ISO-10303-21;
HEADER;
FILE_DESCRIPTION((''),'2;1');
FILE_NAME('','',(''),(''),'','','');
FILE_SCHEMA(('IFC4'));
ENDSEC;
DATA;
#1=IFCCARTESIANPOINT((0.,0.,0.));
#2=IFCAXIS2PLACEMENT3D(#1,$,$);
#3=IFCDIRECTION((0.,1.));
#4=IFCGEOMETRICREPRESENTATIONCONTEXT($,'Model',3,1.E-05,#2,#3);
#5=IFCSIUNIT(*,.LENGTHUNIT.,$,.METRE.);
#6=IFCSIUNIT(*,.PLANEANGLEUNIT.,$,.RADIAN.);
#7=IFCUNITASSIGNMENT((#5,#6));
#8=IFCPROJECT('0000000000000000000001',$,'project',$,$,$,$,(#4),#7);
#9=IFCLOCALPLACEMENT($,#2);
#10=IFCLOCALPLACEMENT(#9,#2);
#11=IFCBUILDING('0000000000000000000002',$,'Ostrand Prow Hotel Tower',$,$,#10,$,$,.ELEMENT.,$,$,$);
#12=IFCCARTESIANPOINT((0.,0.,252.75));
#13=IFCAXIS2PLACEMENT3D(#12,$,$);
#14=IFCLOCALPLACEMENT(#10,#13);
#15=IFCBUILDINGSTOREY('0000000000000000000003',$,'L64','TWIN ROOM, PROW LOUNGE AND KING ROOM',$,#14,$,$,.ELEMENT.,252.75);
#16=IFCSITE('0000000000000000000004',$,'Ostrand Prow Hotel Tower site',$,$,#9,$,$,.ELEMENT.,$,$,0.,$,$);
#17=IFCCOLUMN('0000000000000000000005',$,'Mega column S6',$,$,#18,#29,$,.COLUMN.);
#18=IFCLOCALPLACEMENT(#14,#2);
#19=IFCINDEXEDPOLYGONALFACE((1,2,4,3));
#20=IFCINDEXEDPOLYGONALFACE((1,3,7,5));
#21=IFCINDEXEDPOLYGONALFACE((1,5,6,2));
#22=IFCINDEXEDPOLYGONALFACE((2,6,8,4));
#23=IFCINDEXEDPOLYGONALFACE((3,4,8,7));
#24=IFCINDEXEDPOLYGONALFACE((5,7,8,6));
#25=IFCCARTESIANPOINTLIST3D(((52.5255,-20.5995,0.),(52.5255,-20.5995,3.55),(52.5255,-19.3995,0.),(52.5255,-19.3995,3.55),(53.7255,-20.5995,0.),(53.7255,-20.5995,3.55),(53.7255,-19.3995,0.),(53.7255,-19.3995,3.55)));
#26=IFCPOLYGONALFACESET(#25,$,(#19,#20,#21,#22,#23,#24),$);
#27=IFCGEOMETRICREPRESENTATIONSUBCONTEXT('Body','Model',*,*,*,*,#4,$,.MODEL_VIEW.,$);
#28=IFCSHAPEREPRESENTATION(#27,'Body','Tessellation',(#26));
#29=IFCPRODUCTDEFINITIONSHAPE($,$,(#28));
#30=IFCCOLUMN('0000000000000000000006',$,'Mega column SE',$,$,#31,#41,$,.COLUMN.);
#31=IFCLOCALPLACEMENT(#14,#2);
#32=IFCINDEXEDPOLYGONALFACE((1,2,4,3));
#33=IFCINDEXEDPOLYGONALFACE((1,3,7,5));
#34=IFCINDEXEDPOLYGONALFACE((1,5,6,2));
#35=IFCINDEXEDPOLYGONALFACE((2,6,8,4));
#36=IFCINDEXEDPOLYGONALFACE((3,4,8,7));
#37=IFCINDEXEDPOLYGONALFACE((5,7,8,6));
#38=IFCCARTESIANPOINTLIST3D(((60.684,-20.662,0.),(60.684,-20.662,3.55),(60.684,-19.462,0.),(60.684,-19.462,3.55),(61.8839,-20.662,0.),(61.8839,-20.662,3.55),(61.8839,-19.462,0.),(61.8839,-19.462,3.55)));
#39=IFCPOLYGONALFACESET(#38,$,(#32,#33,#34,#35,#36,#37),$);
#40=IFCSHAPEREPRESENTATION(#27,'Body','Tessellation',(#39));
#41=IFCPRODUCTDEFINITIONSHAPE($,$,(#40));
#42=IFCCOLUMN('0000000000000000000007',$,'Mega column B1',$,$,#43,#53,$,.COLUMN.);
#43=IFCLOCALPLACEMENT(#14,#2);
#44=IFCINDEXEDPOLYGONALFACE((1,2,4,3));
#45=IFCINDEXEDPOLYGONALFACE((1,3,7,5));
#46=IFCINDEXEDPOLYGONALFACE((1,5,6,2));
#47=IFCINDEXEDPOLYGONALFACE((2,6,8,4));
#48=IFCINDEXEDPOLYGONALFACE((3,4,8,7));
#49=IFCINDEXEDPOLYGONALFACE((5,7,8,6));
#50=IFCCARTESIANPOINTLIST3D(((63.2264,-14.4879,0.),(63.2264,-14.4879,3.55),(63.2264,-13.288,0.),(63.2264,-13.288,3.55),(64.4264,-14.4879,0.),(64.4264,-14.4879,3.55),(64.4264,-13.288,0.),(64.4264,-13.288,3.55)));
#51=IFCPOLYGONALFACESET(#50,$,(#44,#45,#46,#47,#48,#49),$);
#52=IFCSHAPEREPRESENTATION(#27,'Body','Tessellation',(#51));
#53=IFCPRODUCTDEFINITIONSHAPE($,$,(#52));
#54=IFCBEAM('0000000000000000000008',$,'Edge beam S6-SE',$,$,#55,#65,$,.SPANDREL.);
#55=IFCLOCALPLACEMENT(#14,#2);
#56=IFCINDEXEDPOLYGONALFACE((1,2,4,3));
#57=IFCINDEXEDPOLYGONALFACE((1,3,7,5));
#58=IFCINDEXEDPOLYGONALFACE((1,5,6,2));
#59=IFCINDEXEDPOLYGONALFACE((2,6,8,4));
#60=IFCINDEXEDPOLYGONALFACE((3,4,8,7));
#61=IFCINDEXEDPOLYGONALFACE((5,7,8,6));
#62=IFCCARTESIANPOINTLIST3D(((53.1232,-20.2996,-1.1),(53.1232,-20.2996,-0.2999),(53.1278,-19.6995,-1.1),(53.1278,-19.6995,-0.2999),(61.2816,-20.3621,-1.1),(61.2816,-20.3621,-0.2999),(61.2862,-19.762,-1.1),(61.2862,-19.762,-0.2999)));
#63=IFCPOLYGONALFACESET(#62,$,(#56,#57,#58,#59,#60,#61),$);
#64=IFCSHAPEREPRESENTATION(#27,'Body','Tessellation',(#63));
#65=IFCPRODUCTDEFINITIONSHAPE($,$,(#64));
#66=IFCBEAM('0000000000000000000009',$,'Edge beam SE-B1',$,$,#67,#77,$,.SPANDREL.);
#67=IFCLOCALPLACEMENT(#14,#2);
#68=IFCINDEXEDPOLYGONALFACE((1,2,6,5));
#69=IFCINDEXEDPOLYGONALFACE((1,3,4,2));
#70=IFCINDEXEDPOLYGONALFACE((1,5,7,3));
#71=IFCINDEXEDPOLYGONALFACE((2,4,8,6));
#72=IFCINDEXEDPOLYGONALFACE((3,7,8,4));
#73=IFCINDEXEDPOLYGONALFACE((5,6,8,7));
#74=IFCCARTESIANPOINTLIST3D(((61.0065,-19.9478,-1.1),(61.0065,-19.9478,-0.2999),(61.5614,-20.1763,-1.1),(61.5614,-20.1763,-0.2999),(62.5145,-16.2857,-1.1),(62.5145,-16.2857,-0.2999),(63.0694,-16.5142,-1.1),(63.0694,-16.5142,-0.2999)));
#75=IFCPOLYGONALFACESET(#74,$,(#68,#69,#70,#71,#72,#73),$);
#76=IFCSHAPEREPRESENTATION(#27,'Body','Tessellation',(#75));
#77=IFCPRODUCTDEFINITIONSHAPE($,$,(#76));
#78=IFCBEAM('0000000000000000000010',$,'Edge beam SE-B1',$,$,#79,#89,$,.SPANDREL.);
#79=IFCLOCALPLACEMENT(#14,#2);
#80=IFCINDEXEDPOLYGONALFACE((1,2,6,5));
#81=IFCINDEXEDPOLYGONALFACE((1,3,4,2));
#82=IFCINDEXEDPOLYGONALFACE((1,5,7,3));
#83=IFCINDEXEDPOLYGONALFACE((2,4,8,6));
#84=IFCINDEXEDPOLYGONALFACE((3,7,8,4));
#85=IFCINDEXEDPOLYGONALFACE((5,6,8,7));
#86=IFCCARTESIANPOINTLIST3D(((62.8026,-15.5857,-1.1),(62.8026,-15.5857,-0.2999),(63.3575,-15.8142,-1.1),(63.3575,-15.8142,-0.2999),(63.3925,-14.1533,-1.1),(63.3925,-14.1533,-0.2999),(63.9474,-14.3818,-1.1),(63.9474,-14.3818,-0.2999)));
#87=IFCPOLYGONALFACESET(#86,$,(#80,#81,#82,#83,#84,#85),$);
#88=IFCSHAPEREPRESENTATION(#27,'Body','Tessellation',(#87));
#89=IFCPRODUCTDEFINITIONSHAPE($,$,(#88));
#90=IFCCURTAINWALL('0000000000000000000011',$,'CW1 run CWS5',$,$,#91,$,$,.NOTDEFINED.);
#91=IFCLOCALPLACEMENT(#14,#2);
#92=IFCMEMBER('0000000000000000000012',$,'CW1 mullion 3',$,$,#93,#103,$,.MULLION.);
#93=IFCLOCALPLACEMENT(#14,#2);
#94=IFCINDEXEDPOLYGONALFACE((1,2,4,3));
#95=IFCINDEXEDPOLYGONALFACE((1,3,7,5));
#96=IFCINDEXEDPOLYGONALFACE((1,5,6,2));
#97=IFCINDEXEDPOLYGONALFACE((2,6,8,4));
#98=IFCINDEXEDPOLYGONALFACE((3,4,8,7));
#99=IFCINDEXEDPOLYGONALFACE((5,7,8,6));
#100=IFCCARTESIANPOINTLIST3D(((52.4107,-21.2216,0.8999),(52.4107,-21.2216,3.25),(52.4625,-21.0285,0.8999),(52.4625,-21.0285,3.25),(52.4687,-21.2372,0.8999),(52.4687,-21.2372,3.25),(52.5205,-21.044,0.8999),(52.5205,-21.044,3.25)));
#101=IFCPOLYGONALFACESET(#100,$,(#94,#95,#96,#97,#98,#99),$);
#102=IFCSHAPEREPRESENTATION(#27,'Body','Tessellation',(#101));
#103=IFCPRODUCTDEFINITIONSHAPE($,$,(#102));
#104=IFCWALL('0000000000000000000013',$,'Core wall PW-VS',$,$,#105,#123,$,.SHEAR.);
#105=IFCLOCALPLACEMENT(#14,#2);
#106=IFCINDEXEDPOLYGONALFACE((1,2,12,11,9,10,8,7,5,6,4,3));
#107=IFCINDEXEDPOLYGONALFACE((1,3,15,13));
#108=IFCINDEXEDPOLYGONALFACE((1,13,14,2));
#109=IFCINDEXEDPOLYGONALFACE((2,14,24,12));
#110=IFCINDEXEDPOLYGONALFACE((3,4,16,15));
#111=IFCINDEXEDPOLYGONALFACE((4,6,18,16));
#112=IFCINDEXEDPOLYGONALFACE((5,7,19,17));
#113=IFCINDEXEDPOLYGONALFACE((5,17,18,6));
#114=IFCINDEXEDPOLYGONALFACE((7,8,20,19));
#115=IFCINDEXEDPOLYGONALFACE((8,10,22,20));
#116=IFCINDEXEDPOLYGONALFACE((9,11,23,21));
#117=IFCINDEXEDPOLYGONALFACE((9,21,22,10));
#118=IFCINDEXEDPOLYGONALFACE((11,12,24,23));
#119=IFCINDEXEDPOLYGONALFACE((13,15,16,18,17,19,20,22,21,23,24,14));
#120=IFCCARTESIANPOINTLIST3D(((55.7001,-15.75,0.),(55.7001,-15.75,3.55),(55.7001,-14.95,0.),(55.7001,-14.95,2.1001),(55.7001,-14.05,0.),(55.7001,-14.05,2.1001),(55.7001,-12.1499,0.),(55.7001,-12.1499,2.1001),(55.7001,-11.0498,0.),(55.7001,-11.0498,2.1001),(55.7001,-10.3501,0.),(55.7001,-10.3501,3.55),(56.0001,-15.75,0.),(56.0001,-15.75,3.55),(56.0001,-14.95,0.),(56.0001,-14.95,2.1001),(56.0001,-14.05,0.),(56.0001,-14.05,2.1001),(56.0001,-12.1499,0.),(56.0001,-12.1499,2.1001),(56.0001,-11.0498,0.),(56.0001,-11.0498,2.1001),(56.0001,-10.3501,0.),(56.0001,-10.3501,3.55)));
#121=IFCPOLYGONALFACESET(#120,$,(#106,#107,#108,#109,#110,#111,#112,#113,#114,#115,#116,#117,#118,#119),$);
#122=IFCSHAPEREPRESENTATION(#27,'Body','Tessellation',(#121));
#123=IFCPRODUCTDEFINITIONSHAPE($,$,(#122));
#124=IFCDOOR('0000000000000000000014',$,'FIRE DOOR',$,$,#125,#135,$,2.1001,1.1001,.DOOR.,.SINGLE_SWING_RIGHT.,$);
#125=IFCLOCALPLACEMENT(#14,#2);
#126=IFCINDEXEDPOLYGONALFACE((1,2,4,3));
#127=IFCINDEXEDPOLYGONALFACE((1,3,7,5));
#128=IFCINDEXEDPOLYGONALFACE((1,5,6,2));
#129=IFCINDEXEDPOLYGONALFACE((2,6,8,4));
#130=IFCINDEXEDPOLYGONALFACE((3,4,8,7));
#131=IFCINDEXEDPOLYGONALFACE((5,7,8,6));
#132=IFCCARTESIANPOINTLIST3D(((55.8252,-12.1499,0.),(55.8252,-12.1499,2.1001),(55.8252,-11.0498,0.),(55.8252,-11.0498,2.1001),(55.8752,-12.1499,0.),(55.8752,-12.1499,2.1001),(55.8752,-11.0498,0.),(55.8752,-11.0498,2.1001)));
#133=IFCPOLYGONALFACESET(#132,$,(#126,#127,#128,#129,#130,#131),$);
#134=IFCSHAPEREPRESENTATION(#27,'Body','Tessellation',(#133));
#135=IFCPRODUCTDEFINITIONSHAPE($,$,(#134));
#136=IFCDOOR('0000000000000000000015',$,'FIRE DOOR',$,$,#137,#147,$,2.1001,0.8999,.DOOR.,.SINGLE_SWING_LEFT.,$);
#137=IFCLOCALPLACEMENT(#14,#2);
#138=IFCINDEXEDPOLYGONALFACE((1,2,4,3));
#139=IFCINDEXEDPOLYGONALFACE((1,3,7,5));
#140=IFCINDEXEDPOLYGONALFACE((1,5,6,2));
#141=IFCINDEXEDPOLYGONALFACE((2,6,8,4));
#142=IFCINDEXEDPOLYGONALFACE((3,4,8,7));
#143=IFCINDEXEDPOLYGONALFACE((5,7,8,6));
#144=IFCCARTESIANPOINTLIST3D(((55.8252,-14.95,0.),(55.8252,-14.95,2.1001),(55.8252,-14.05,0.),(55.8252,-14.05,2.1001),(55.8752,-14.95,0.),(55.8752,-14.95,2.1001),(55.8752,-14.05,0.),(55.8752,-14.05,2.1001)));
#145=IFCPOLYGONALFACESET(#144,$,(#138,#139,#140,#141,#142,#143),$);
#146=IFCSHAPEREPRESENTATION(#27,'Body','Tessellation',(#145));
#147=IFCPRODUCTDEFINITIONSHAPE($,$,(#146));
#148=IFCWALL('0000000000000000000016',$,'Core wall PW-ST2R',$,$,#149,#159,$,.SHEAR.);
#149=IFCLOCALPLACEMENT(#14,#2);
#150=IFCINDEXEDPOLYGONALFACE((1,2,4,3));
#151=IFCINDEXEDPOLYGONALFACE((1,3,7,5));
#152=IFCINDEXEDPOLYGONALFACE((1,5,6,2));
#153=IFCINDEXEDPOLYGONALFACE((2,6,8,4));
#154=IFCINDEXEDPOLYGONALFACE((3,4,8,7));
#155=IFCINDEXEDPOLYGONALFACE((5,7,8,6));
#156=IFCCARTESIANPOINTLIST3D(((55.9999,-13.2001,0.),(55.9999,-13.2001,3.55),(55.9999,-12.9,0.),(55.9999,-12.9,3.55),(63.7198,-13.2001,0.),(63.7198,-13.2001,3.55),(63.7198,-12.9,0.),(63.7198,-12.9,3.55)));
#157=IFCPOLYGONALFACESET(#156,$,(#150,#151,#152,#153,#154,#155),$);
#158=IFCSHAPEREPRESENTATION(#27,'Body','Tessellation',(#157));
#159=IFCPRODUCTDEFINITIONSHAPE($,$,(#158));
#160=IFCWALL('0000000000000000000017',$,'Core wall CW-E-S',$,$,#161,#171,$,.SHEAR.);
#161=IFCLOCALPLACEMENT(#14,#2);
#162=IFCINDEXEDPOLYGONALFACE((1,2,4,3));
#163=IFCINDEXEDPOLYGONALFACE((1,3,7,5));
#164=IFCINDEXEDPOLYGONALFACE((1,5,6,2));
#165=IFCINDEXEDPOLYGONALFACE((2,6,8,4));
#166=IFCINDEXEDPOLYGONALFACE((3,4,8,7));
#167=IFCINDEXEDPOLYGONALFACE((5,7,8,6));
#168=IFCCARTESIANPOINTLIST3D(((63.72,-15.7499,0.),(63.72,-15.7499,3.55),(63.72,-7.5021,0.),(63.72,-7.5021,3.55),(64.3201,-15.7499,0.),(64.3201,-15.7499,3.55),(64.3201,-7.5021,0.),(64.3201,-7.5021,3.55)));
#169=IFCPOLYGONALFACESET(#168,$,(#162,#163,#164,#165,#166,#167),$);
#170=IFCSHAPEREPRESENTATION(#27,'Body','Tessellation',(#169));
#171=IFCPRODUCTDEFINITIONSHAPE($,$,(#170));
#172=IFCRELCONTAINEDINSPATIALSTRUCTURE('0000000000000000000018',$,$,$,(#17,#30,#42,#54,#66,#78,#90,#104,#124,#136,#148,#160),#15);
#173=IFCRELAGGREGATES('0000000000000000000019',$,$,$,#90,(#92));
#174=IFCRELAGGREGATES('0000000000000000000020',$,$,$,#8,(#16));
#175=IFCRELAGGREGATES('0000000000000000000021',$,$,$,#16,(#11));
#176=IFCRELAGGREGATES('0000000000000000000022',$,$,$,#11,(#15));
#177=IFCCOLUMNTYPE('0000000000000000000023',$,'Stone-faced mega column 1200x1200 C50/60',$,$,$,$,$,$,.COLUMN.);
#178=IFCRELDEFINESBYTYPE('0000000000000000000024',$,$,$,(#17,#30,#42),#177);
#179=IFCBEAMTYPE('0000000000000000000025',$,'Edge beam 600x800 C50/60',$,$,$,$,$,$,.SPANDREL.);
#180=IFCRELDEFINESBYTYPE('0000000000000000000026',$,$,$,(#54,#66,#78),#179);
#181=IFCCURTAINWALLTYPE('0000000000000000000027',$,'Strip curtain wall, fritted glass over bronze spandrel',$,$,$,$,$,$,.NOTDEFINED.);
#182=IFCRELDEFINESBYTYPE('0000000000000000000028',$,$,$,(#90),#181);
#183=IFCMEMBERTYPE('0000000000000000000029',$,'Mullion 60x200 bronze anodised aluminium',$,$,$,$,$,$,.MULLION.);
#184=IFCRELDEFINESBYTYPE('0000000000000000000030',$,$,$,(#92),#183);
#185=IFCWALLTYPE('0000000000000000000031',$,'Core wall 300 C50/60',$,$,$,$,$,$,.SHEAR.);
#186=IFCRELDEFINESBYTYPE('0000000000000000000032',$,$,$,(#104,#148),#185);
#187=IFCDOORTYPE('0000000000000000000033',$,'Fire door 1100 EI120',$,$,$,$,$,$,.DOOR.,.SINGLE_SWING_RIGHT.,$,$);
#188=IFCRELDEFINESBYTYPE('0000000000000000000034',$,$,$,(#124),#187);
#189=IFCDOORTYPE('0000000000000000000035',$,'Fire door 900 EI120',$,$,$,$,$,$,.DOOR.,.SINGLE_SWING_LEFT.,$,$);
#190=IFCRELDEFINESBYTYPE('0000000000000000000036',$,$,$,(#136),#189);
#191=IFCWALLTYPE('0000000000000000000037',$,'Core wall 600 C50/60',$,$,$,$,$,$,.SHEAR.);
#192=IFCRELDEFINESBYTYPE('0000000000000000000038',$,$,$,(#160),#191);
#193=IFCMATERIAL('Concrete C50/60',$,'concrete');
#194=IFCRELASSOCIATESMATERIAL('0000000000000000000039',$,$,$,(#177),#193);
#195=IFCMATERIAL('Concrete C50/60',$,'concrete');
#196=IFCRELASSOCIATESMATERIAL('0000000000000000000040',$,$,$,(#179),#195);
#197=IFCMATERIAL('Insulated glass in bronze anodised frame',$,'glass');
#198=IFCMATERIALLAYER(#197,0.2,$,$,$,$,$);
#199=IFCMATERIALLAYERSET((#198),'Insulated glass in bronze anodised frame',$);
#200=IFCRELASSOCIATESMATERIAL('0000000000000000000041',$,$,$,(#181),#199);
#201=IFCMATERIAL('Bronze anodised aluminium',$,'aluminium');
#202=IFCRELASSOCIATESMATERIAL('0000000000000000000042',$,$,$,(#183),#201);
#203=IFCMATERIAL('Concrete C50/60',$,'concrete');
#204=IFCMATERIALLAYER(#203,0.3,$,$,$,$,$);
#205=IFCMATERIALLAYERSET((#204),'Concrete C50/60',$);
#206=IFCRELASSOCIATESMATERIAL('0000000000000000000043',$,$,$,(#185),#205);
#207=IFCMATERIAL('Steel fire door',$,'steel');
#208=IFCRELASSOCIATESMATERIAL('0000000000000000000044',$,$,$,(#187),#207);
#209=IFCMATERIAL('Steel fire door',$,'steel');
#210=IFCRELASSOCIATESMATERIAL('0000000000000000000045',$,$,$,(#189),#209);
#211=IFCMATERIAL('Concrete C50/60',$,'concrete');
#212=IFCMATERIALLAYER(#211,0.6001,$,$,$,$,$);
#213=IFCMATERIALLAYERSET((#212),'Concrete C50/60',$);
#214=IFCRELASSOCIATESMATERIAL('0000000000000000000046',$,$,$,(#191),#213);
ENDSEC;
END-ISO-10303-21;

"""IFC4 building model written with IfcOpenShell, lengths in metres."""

from ifc_helpers import new_model, si_unit, direction, frame, frame_2d, origin, origin_2d, place, context, subcontext, project, spatial, rectangle, extrude, material, layer, layer_set, material_profile, profile_set, type_object, element, fill, aggregate, save


model = new_model("IFC4")

# Units and contexts
model_context = context("Model", 3, precision=1e-05, world=origin(), true_north=direction((0.0, 1.0)))
body_context = subcontext(model_context, "Body", "Model", "MODEL_VIEW")
ifc_project = project(units=[si_unit("LENGTHUNIT", "METRE"), si_unit("PLANEANGLEUNIT", "RADIAN")], contexts=[model_context])

# Site, building, storey
site_placement = place(None, origin())
site = spatial("IfcSite", under=ifc_project, at=site_placement, Name="Ostrand Prow Hotel Tower site", CompositionType="ELEMENT", RefElevation=0.0)
building_placement = place(site_placement, origin())
building = spatial("IfcBuilding", under=site, at=building_placement, Name="Ostrand Prow Hotel Tower", CompositionType="ELEMENT")
storey_placement = place(building_placement, frame((0.0, 0.0, 252.75)))
storey = spatial("IfcBuildingStorey", under=building, at=storey_placement, Name="L64", Description="TWIN ROOM, PROW LOUNGE AND KING ROOM", CompositionType="ELEMENT", Elevation=252.75)

# Columns
ifc_material_1 = material(Name="Concrete C50/60", Category="concrete")
ifc_material_profile_1 = material_profile(ifc_material_1, rectangle(XDim=1.2, YDim=1.2, at=origin_2d()), Name="RC 1200x1200")
ifc_profile_set_1 = profile_set([ifc_material_profile_1], Name="Concrete C50/60")
column_type = type_object("IfcColumnType", Name="Stone-faced mega column 1200x1200 C50/60", PredefinedType="COLUMN", material=ifc_profile_set_1)
for number, where, z_axis, x_axis, name in (
    (1, (53.1255, -19.9995, 0.0), (0.0, 0.0, 1.0), (1.0, 0.0, 0.0), "Mega column S6"),
    (2, (61.2839, -20.062, 0.0), (0.0, 0.0, 1.0), (1.0, 0.0, 0.0), "Mega column SE"),
    (3, (63.8264, -13.8879, 0.0), (0.0, 0.0, 1.0), (1.0, 0.0, 0.0), "Mega column B1"),
):
    element("IfcColumn", number, at=place(storey_placement, frame(where, z_axis=z_axis, x_axis=x_axis)), inside=storey, type_object=column_type, Name=name, PredefinedType="COLUMN", context=body_context, shape_type="SweptSolid", body=[
        extrude(rectangle(XDim=1.2, YDim=1.2, at=origin_2d()), origin(), (0.0, 0.0, 1.0), 3.55),
    ])

# Beams
ifc_material_2 = material(Name="Concrete C50/60", Category="concrete")
ifc_material_profile_2 = material_profile(ifc_material_2, rectangle(XDim=0.6001, YDim=0.8, at=origin_2d()), Name="RC 600x800")
ifc_profile_set_2 = profile_set([ifc_material_profile_2], Name="Concrete C50/60")
beam_type = type_object("IfcBeamType", Name="Edge beam 600x800 C50/60", PredefinedType="SPANDREL", material=ifc_profile_set_2)
beam_1_placement = place(storey_placement, frame((53.1255, -19.9995, -0.7), z_axis=(0.999971, -0.007661, 0.0), x_axis=(0.007661, 0.999971, 0.0)))
element("IfcBeam", 4, at=beam_1_placement, inside=storey, type_object=beam_type, Name="Edge beam S6-SE", PredefinedType="SPANDREL", context=body_context, shape_type="SweptSolid", body=[
    extrude(rectangle(XDim=0.6001, YDim=0.8, at=origin_2d()), origin(), (0.0, 0.0, 1.0), 8.1587),
])
beam_2_placement = place(storey_placement, frame((61.2839, -20.062, -0.7), z_axis=(0.380778, 0.924667, 0.0), x_axis=(-0.924667, 0.380778, 0.0)))
element("IfcBeam", 5, at=beam_2_placement, inside=storey, type_object=beam_type, Name="Edge beam SE-B1", PredefinedType="SPANDREL", context=body_context, shape_type="SweptSolid", body=[
    extrude(rectangle(XDim=0.6001, YDim=0.8, at=origin_2d()), origin(), (0.0, 0.0, 1.0), 3.9604),
])
beam_3_placement = place(storey_placement, frame((63.0801, -15.7, -0.7), z_axis=(0.380774, 0.924668, 0.0), x_axis=(-0.924668, 0.380774, 0.0)))
element("IfcBeam", 6, at=beam_3_placement, inside=storey, type_object=beam_type, Name="Edge beam SE-B1", PredefinedType="SPANDREL", context=body_context, shape_type="SweptSolid", body=[
    extrude(rectangle(XDim=0.6001, YDim=0.8, at=origin_2d()), origin(), (0.0, 0.0, 1.0), 1.5491),
])

# Curtain wall, member
ifc_material_3 = material(Name="Insulated glass in bronze anodised frame", Category="glass")
ifc_layer_1 = layer(ifc_material_3, 0.2)
ifc_layer_set_1 = layer_set([ifc_layer_1], Name="Insulated glass in bronze anodised frame")
curtain_wall_type = type_object("IfcCurtainWallType", Name="Strip curtain wall, fritted glass over bronze spandrel", PredefinedType="NOTDEFINED", material=ifc_layer_set_1)
curtain_wall_placement = place(storey_placement, origin())
curtain_wall = element("IfcCurtainWall", 7, at=curtain_wall_placement, inside=storey, type_object=curtain_wall_type, Name="CW1 run CWS5", PredefinedType="NOTDEFINED")
ifc_material_4 = material(Name="Bronze anodised aluminium", Category="aluminium")
ifc_material_profile_3 = material_profile(ifc_material_4, rectangle(XDim=0.2, YDim=0.0601, at=origin_2d()), Name="Mullion 60x200 bronze anodised aluminium")
ifc_profile_set_3 = profile_set([ifc_material_profile_3], Name="Bronze anodised aluminium")
member_type = type_object("IfcMemberType", Name="Mullion 60x200 bronze anodised aluminium", PredefinedType="MULLION", material=ifc_profile_set_3)
member_placement = place(storey_placement, frame((52.4656, -21.1328, 0.8999), z_axis=(0.0, 0.0, 1.0), x_axis=(0.258994, 0.965879, 0.0)))
member = element("IfcMember", 8, at=member_placement, type_object=member_type, Name="CW1 mullion 3", PredefinedType="MULLION", context=body_context, shape_type="SweptSolid", body=[
    extrude(rectangle(XDim=0.2, YDim=0.0601, at=origin_2d()), origin(), (0.0, 0.0, 1.0), 2.3501),
])
aggregate(curtain_wall, [member])

# Wall, openings, doors
ifc_material_5 = material(Name="Concrete C50/60", Category="concrete")
ifc_layer_2 = layer(ifc_material_5, 0.3)
ifc_layer_set_2 = layer_set([ifc_layer_2], Name="Concrete C50/60")
wall_type_1 = type_object("IfcWallType", Name="Core wall 300 C50/60", PredefinedType="SHEAR", material=ifc_layer_set_2)
wall_1_placement = place(storey_placement, frame((55.8501, -15.75, 0.0), z_axis=(0.0, 0.0, 1.0), x_axis=(0.0, 1.0, 0.0)))
wall_1 = element("IfcWall", 9, at=wall_1_placement, inside=storey, type_object=wall_type_1, Name="Core wall PW-VS", PredefinedType="SHEAR", context=body_context, shape_type="SweptSolid", body=[
    extrude(rectangle(XDim=5.3999, YDim=0.3, at=frame_2d((2.7, 0.0))), origin(), (0.0, 0.0, 1.0), 3.55),
])
opening_1_placement = place(wall_1_placement, frame((3.6001, 0.0, 0.0)))
opening_1 = element("IfcOpeningElement", 10, at=opening_1_placement, cuts=wall_1, PredefinedType="OPENING", context=body_context, shape_type="SweptSolid", body=[
    extrude(rectangle(XDim=1.1001, YDim=2.1001, at=frame_2d((0.55, 1.05))), frame((0.0, 0.1599, 0.0), z_axis=(0.0, -1.0, 0.0), x_axis=(1.0, 0.0, 0.0)), (0.0, 0.0, 1.0), 0.3201),
])
opening_2_placement = place(wall_1_placement, frame((0.8, 0.0, 0.0)))
opening_2 = element("IfcOpeningElement", 11, at=opening_2_placement, cuts=wall_1, PredefinedType="OPENING", context=body_context, shape_type="SweptSolid", body=[
    extrude(rectangle(XDim=0.8999, YDim=2.1001, at=frame_2d((0.45, 1.05))), frame((0.0, 0.1599, 0.0), z_axis=(0.0, -1.0, 0.0), x_axis=(1.0, 0.0, 0.0)), (0.0, 0.0, 1.0), 0.3201),
])
ifc_material_6 = material(Name="Steel fire door", Category="steel")
door_type_1 = type_object("IfcDoorType", Name="Fire door 1100 EI120", OperationType="SINGLE_SWING_RIGHT", PredefinedType="DOOR", material=ifc_material_6)
door_1_placement = place(opening_1_placement, origin())
door_1 = element("IfcDoor", 12, at=door_1_placement, inside=storey, type_object=door_type_1, Name="FIRE DOOR", OperationType="SINGLE_SWING_RIGHT", OverallHeight=2.1001, OverallWidth=1.1001, PredefinedType="DOOR", context=body_context, shape_type="SweptSolid", body=[
    extrude(rectangle(XDim=1.1001, YDim=2.1001, at=frame_2d((0.55, 1.05))), frame((0.0, 0.0249, 0.0), z_axis=(0.0, -1.0, 0.0), x_axis=(1.0, 0.0, 0.0)), (0.0, 0.0, 1.0), 0.05),
])
fill(opening_1, door_1)
ifc_material_7 = material(Name="Steel fire door", Category="steel")
door_type_2 = type_object("IfcDoorType", Name="Fire door 900 EI120", OperationType="SINGLE_SWING_LEFT", PredefinedType="DOOR", material=ifc_material_7)
door_2_placement = place(opening_2_placement, origin())
door_2 = element("IfcDoor", 13, at=door_2_placement, inside=storey, type_object=door_type_2, Name="FIRE DOOR", OperationType="SINGLE_SWING_LEFT", OverallHeight=2.1001, OverallWidth=0.8999, PredefinedType="DOOR", context=body_context, shape_type="SweptSolid", body=[
    extrude(rectangle(XDim=0.8999, YDim=2.1001, at=frame_2d((0.45, 1.05))), frame((0.0, 0.0249, 0.0), z_axis=(0.0, -1.0, 0.0), x_axis=(1.0, 0.0, 0.0)), (0.0, 0.0, 1.0), 0.05),
])
fill(opening_2, door_2)

# Walls
wall_2_placement = place(storey_placement, frame((56.0, -13.05, 0.0), z_axis=(0.0, 0.0, 1.0), x_axis=(1.0, 0.0, 0.0)))
element("IfcWall", 14, at=wall_2_placement, inside=storey, type_object=wall_type_1, Name="Core wall PW-ST2R", PredefinedType="SHEAR", context=body_context, shape_type="SweptSolid", body=[
    extrude(rectangle(XDim=7.72, YDim=0.3, at=frame_2d((3.8599, 0.0))), origin(), (0.0, 0.0, 1.0), 3.55),
])
ifc_material_8 = material(Name="Concrete C50/60", Category="concrete")
ifc_layer_3 = layer(ifc_material_8, 0.6001)
ifc_layer_set_3 = layer_set([ifc_layer_3], Name="Concrete C50/60")
wall_type_2 = type_object("IfcWallType", Name="Core wall 600 C50/60", PredefinedType="SHEAR", material=ifc_layer_set_3)
wall_3_placement = place(storey_placement, frame((64.02, -15.75, 0.0), z_axis=(0.0, 0.0, 1.0), x_axis=(0.0, 1.0, 0.0)))
element("IfcWall", 15, at=wall_3_placement, inside=storey, type_object=wall_type_2, Name="Core wall CW-E-S", PredefinedType="SHEAR", context=body_context, shape_type="SweptSolid", body=[
    extrude(rectangle(XDim=8.2478, YDim=0.6001, at=frame_2d((4.124, 0.0))), origin(), (0.0, 0.0, 1.0), 3.55),
])

save(model, "model.ifc")
